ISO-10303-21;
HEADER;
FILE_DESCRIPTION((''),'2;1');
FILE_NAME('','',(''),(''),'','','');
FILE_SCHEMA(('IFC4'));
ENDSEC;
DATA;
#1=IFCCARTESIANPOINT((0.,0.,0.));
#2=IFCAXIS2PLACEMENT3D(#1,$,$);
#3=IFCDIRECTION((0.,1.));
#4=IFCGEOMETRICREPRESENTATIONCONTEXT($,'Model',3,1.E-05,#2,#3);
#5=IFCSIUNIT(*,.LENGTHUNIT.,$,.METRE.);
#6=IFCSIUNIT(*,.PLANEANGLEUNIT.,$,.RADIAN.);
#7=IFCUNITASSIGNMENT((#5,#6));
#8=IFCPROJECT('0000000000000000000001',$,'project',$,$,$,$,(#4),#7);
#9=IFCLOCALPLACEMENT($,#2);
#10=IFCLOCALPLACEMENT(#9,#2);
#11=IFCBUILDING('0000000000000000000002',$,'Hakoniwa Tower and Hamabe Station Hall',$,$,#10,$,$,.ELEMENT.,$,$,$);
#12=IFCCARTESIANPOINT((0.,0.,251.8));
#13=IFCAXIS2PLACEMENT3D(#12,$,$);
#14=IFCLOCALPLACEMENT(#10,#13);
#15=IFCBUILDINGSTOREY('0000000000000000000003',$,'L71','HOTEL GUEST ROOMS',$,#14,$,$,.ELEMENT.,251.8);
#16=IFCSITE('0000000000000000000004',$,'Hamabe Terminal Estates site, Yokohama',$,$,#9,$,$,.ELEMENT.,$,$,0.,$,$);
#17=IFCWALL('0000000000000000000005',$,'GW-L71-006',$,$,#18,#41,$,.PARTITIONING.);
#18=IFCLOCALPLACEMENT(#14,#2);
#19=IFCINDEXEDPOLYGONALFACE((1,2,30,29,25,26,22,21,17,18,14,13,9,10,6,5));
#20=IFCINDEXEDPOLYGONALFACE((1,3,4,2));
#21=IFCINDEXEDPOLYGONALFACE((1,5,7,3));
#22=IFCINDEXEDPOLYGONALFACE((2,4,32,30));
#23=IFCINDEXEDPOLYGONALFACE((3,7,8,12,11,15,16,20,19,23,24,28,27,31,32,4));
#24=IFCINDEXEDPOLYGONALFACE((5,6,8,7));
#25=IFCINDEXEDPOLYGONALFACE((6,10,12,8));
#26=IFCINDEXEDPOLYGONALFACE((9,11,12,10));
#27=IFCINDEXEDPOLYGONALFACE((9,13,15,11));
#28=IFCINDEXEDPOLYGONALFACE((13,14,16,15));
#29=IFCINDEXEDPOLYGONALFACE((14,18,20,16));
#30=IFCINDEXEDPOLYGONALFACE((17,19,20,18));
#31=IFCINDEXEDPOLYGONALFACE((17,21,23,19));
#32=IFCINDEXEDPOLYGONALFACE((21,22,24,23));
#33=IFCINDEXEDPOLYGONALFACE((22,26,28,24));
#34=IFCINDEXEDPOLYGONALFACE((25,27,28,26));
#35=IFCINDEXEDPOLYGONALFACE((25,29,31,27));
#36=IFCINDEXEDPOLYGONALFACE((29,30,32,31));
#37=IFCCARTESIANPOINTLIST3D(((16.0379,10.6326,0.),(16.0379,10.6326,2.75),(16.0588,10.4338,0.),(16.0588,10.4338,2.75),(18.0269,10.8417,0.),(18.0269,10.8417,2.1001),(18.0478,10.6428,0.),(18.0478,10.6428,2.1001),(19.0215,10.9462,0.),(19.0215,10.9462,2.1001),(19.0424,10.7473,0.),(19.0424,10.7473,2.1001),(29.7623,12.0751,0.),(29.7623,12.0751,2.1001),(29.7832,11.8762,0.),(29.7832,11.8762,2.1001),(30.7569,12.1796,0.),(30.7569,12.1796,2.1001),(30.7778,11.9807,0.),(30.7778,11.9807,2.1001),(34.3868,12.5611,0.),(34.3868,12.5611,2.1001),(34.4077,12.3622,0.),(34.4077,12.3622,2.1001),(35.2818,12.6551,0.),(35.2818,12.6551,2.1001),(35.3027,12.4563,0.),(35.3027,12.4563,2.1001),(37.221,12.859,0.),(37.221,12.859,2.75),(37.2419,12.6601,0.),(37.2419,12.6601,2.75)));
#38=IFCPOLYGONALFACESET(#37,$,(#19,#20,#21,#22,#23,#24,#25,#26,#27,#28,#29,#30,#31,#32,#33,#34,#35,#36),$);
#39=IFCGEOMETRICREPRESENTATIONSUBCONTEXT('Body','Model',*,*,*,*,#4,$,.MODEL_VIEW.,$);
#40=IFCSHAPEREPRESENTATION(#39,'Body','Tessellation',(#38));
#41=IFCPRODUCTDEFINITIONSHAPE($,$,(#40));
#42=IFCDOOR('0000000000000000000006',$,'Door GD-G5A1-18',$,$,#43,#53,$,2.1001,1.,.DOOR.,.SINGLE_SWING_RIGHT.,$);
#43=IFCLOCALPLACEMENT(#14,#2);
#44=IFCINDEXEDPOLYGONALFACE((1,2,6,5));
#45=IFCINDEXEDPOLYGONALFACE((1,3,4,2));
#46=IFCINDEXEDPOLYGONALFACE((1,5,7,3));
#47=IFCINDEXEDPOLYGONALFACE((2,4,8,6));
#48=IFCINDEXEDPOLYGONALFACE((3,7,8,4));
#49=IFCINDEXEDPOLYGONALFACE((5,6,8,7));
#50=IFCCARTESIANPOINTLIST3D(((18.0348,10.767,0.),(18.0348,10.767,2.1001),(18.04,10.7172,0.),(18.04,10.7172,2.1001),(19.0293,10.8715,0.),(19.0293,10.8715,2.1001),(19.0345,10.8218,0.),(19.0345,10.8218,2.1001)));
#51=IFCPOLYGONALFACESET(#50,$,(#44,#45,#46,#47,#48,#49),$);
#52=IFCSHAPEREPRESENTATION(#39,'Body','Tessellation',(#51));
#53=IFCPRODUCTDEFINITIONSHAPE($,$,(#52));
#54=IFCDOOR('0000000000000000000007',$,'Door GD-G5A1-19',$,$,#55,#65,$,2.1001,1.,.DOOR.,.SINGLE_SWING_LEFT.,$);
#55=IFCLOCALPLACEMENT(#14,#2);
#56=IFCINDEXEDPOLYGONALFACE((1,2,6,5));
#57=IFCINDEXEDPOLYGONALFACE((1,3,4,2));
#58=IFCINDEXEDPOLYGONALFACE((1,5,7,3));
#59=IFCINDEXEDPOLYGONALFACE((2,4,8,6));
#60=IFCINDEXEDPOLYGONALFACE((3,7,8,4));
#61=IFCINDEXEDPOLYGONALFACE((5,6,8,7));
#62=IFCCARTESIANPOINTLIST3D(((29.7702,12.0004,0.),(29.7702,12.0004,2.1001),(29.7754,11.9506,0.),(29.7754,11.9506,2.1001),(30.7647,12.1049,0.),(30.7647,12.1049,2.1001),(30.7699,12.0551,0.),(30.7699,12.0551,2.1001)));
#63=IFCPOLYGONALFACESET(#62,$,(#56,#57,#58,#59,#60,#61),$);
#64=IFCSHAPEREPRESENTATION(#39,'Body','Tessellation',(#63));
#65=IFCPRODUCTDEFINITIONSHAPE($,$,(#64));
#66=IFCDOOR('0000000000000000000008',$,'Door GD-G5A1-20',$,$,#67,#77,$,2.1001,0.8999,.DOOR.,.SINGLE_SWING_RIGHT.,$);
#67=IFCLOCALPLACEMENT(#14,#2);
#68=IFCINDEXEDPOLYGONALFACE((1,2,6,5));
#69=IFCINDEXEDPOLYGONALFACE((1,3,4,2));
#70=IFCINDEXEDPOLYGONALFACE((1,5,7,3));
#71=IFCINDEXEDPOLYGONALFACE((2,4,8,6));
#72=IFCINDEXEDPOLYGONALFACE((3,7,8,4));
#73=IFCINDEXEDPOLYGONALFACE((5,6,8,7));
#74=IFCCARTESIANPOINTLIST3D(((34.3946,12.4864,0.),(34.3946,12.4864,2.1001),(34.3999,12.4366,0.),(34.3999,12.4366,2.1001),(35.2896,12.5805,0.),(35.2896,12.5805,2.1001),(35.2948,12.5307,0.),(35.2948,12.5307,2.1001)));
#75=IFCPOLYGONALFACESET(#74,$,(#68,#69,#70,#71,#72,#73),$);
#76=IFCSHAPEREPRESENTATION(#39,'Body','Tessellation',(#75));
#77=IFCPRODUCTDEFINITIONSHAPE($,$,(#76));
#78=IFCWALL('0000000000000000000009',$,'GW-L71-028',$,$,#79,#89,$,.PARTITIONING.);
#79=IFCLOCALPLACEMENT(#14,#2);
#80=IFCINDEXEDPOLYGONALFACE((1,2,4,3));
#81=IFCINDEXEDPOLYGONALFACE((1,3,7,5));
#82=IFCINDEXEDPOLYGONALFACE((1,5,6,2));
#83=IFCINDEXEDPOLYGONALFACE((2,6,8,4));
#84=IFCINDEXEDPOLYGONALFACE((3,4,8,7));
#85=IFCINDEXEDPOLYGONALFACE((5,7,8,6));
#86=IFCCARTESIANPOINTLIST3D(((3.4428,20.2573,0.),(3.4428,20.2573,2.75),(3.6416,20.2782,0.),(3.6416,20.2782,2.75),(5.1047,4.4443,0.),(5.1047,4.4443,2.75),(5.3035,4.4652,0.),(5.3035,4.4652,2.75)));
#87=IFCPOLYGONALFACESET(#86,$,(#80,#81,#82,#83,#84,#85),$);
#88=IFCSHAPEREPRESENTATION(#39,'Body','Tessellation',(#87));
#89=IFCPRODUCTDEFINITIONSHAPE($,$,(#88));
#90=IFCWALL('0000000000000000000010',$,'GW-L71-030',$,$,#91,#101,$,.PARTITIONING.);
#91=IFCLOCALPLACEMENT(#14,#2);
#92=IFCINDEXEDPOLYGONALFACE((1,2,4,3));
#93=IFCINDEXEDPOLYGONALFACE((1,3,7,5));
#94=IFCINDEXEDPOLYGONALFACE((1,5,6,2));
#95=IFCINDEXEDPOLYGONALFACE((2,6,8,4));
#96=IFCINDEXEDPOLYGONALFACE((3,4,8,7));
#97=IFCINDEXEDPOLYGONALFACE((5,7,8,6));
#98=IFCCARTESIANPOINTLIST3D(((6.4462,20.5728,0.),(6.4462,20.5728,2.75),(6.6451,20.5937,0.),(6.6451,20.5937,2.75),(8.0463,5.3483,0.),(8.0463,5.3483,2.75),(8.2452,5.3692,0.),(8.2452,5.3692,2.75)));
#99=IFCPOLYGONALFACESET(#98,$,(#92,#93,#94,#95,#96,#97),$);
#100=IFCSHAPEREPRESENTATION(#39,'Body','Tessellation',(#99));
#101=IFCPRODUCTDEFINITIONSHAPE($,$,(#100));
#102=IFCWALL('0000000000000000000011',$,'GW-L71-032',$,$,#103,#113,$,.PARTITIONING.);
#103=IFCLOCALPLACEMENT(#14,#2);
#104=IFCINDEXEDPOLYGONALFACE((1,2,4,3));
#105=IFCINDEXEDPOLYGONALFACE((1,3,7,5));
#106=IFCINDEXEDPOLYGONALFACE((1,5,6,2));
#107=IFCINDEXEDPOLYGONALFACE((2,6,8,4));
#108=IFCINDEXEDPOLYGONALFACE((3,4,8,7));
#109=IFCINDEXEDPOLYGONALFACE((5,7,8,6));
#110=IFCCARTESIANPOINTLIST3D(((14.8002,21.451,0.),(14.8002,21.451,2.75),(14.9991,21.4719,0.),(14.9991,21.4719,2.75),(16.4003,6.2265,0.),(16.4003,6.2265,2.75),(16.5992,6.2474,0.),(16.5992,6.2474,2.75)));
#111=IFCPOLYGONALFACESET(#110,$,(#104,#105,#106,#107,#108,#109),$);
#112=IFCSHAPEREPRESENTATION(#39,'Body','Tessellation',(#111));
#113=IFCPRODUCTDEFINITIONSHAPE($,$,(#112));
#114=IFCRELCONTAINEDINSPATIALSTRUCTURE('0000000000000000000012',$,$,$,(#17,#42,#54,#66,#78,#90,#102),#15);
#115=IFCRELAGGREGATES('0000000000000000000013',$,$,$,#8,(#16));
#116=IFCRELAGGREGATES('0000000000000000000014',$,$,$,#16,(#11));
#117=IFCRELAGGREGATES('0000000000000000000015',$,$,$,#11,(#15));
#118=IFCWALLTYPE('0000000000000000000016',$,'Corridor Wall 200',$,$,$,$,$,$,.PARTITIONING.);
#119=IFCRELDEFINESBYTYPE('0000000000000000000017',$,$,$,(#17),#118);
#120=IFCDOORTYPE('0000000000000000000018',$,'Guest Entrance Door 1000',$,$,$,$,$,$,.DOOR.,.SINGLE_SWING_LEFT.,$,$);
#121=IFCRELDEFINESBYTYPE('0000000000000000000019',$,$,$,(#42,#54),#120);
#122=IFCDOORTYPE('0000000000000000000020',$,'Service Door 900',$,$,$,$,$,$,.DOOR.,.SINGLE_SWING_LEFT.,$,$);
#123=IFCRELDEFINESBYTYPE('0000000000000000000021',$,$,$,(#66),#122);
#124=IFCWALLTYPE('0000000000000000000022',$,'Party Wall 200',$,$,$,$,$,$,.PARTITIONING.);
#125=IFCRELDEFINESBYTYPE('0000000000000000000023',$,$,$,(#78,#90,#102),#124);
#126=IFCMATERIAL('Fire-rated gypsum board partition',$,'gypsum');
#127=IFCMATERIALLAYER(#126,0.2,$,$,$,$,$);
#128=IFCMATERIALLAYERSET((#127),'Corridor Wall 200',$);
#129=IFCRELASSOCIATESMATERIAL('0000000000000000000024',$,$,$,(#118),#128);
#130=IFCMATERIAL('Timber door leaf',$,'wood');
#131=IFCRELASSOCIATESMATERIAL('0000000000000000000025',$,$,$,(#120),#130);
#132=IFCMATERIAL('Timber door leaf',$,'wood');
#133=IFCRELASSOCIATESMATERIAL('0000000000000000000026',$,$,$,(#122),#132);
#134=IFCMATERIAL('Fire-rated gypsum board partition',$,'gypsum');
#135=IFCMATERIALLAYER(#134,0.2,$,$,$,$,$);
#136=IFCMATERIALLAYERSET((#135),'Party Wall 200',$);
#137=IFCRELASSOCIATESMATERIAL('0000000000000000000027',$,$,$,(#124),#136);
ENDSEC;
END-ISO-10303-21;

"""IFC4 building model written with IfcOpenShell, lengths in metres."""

from ifc_helpers import new_model, si_unit, direction, frame, frame_2d, origin, place, context, subcontext, project, spatial, rectangle, extrude, material, layer, layer_set, type_object, element, fill, save


model = new_model("IFC4")

# Units and contexts
model_context = context("Model", 3, precision=1e-05, world=origin(), true_north=direction((0.0, 1.0)))
body_context = subcontext(model_context, "Body", "Model", "MODEL_VIEW")
ifc_project = project(units=[si_unit("LENGTHUNIT", "METRE"), si_unit("PLANEANGLEUNIT", "RADIAN")], contexts=[model_context])

# Site, building, storey
site_placement = place(None, origin())
site = spatial("IfcSite", under=ifc_project, at=site_placement, Name="Hamabe Terminal Estates site, Yokohama", CompositionType="ELEMENT", RefElevation=0.0)
building_placement = place(site_placement, origin())
building = spatial("IfcBuilding", under=site, at=building_placement, Name="Hakoniwa Tower and Hamabe Station Hall", CompositionType="ELEMENT")
storey_placement = place(building_placement, frame((0.0, 0.0, 251.8)))
storey = spatial("IfcBuildingStorey", under=building, at=storey_placement, Name="L71", Description="HOTEL GUEST ROOMS", CompositionType="ELEMENT", Elevation=251.8)

# Wall, openings, doors
ifc_material_1 = material(Name="Fire-rated gypsum board partition", Category="gypsum")
ifc_layer_1 = layer(ifc_material_1, 0.2)
ifc_layer_set_1 = layer_set([ifc_layer_1], Name="Corridor Wall 200")
wall_type_1 = type_object("IfcWallType", Name="Corridor Wall 200", PredefinedType="PARTITIONING", material=ifc_layer_set_1)
wall_1_placement = place(storey_placement, frame((16.0483, 10.5332, 0.0), z_axis=(0.0, 0.0, 1.0), x_axis=(0.994522, 0.104523, 0.0)))
wall_1 = element("IfcWall", 1, at=wall_1_placement, inside=storey, type_object=wall_type_1, Name="GW-L71-006", PredefinedType="PARTITIONING", context=body_context, shape_type="SweptSolid", body=[
    extrude(rectangle(XDim=21.2998, YDim=0.2, at=frame_2d((10.6499, 0.0))), origin(), (0.0, 0.0, 1.0), 2.75),
])
opening_1_placement = place(wall_1_placement, frame((2.0, 0.0, 0.0)))
opening_1 = element("IfcOpeningElement", 2, at=opening_1_placement, cuts=wall_1, PredefinedType="OPENING", context=body_context, shape_type="SweptSolid", body=[
    extrude(rectangle(XDim=1.0, YDim=2.1001, at=frame_2d((0.5, 1.05))), frame((0.0, 0.1099, 0.0), z_axis=(0.0, -1.0, 0.0), x_axis=(1.0, 0.0, 0.0)), (0.0, 0.0, 1.0), 0.22),
])
opening_2_placement = place(wall_1_placement, frame((13.8, 0.0, 0.0)))
opening_2 = element("IfcOpeningElement", 3, at=opening_2_placement, cuts=wall_1, PredefinedType="OPENING", context=body_context, shape_type="SweptSolid", body=[
    extrude(rectangle(XDim=1.0, YDim=2.1001, at=frame_2d((0.5, 1.05))), frame((0.0, 0.1099, 0.0), z_axis=(0.0, -1.0, 0.0), x_axis=(1.0, 0.0, 0.0)), (0.0, 0.0, 1.0), 0.22),
])
opening_3_placement = place(wall_1_placement, frame((18.45, 0.0, 0.0)))
opening_3 = element("IfcOpeningElement", 4, at=opening_3_placement, cuts=wall_1, PredefinedType="OPENING", context=body_context, shape_type="SweptSolid", body=[
    extrude(rectangle(XDim=0.8999, YDim=2.1001, at=frame_2d((0.45, 1.05))), frame((0.0, 0.1099, 0.0), z_axis=(0.0, -1.0, 0.0), x_axis=(1.0, 0.0, 0.0)), (0.0, 0.0, 1.0), 0.22),
])
ifc_material_2 = material(Name="Timber door leaf", Category="wood")
door_type_1 = type_object("IfcDoorType", Name="Guest Entrance Door 1000", OperationType="SINGLE_SWING_LEFT", PredefinedType="DOOR", material=ifc_material_2)
door_1_placement = place(opening_1_placement, origin())
door_1 = element("IfcDoor", 5, at=door_1_placement, inside=storey, type_object=door_type_1, Name="Door GD-G5A1-18", OperationType="SINGLE_SWING_RIGHT", OverallHeight=2.1001, OverallWidth=1.0, PredefinedType="DOOR", context=body_context, shape_type="SweptSolid", body=[
    extrude(rectangle(XDim=1.0, YDim=2.1001, at=frame_2d((0.5, 1.05))), frame((0.0, 0.0249, 0.0), z_axis=(0.0, -1.0, 0.0), x_axis=(1.0, 0.0, 0.0)), (0.0, 0.0, 1.0), 0.05),
])
fill(opening_1, door_1)
door_2_placement = place(opening_2_placement, origin())
door_2 = element("IfcDoor", 6, at=door_2_placement, inside=storey, type_object=door_type_1, Name="Door GD-G5A1-19", OperationType="SINGLE_SWING_LEFT", OverallHeight=2.1001, OverallWidth=1.0, PredefinedType="DOOR", context=body_context, shape_type="SweptSolid", body=[
    extrude(rectangle(XDim=1.0, YDim=2.1001, at=frame_2d((0.5, 1.05))), frame((0.0, 0.0249, 0.0), z_axis=(0.0, -1.0, 0.0), x_axis=(1.0, 0.0, 0.0)), (0.0, 0.0, 1.0), 0.05),
])
fill(opening_2, door_2)
ifc_material_3 = material(Name="Timber door leaf", Category="wood")
door_type_2 = type_object("IfcDoorType", Name="Service Door 900", OperationType="SINGLE_SWING_LEFT", PredefinedType="DOOR", material=ifc_material_3)
door_3_placement = place(opening_3_placement, origin())
door_3 = element("IfcDoor", 7, at=door_3_placement, inside=storey, type_object=door_type_2, Name="Door GD-G5A1-20", OperationType="SINGLE_SWING_RIGHT", OverallHeight=2.1001, OverallWidth=0.8999, PredefinedType="DOOR", context=body_context, shape_type="SweptSolid", body=[
    extrude(rectangle(XDim=0.8999, YDim=2.1001, at=frame_2d((0.45, 1.05))), frame((0.0, 0.0249, 0.0), z_axis=(0.0, -1.0, 0.0), x_axis=(1.0, 0.0, 0.0)), (0.0, 0.0, 1.0), 0.05),
])
fill(opening_3, door_3)

# Walls
ifc_material_4 = material(Name="Fire-rated gypsum board partition", Category="gypsum")
ifc_layer_2 = layer(ifc_material_4, 0.2)
ifc_layer_set_2 = layer_set([ifc_layer_2], Name="Party Wall 200")
wall_type_2 = type_object("IfcWallType", Name="Party Wall 200", PredefinedType="PARTITIONING", material=ifc_layer_set_2)
wall_2_placement = place(storey_placement, frame((5.2041, 4.4546, 0.0), z_axis=(0.0, 0.0, 1.0), x_axis=(-0.104519, 0.994523, 0.0)))
element("IfcWall", 8, at=wall_2_placement, inside=storey, type_object=wall_type_2, Name="GW-L71-028", PredefinedType="PARTITIONING", context=body_context, shape_type="SweptSolid", body=[
    extrude(rectangle(XDim=15.9001, YDim=0.2, at=frame_2d((7.9502, 0.0))), origin(), (0.0, 0.0, 1.0), 2.75),
])
for number, where, z_axis, x_axis, name in (
    (9, (8.1458, 5.3586, 0.0), (0.0, 0.0, 1.0), (-0.104524, 0.994522, 0.0), "GW-L71-030"),
    (10, (16.4998, 6.2368, 0.0), (0.0, 0.0, 1.0), (-0.104524, 0.994522, 0.0), "GW-L71-032"),
):
    element("IfcWall", number, at=place(storey_placement, frame(where, z_axis=z_axis, x_axis=x_axis)), inside=storey, type_object=wall_type_2, Name=name, PredefinedType="PARTITIONING", context=body_context, shape_type="SweptSolid", body=[
        extrude(rectangle(XDim=15.3083, YDim=0.2, at=frame_2d((7.6543, 0.0))), origin(), (0.0, 0.0, 1.0), 2.75),
    ])

save(model, "model.ifc")
